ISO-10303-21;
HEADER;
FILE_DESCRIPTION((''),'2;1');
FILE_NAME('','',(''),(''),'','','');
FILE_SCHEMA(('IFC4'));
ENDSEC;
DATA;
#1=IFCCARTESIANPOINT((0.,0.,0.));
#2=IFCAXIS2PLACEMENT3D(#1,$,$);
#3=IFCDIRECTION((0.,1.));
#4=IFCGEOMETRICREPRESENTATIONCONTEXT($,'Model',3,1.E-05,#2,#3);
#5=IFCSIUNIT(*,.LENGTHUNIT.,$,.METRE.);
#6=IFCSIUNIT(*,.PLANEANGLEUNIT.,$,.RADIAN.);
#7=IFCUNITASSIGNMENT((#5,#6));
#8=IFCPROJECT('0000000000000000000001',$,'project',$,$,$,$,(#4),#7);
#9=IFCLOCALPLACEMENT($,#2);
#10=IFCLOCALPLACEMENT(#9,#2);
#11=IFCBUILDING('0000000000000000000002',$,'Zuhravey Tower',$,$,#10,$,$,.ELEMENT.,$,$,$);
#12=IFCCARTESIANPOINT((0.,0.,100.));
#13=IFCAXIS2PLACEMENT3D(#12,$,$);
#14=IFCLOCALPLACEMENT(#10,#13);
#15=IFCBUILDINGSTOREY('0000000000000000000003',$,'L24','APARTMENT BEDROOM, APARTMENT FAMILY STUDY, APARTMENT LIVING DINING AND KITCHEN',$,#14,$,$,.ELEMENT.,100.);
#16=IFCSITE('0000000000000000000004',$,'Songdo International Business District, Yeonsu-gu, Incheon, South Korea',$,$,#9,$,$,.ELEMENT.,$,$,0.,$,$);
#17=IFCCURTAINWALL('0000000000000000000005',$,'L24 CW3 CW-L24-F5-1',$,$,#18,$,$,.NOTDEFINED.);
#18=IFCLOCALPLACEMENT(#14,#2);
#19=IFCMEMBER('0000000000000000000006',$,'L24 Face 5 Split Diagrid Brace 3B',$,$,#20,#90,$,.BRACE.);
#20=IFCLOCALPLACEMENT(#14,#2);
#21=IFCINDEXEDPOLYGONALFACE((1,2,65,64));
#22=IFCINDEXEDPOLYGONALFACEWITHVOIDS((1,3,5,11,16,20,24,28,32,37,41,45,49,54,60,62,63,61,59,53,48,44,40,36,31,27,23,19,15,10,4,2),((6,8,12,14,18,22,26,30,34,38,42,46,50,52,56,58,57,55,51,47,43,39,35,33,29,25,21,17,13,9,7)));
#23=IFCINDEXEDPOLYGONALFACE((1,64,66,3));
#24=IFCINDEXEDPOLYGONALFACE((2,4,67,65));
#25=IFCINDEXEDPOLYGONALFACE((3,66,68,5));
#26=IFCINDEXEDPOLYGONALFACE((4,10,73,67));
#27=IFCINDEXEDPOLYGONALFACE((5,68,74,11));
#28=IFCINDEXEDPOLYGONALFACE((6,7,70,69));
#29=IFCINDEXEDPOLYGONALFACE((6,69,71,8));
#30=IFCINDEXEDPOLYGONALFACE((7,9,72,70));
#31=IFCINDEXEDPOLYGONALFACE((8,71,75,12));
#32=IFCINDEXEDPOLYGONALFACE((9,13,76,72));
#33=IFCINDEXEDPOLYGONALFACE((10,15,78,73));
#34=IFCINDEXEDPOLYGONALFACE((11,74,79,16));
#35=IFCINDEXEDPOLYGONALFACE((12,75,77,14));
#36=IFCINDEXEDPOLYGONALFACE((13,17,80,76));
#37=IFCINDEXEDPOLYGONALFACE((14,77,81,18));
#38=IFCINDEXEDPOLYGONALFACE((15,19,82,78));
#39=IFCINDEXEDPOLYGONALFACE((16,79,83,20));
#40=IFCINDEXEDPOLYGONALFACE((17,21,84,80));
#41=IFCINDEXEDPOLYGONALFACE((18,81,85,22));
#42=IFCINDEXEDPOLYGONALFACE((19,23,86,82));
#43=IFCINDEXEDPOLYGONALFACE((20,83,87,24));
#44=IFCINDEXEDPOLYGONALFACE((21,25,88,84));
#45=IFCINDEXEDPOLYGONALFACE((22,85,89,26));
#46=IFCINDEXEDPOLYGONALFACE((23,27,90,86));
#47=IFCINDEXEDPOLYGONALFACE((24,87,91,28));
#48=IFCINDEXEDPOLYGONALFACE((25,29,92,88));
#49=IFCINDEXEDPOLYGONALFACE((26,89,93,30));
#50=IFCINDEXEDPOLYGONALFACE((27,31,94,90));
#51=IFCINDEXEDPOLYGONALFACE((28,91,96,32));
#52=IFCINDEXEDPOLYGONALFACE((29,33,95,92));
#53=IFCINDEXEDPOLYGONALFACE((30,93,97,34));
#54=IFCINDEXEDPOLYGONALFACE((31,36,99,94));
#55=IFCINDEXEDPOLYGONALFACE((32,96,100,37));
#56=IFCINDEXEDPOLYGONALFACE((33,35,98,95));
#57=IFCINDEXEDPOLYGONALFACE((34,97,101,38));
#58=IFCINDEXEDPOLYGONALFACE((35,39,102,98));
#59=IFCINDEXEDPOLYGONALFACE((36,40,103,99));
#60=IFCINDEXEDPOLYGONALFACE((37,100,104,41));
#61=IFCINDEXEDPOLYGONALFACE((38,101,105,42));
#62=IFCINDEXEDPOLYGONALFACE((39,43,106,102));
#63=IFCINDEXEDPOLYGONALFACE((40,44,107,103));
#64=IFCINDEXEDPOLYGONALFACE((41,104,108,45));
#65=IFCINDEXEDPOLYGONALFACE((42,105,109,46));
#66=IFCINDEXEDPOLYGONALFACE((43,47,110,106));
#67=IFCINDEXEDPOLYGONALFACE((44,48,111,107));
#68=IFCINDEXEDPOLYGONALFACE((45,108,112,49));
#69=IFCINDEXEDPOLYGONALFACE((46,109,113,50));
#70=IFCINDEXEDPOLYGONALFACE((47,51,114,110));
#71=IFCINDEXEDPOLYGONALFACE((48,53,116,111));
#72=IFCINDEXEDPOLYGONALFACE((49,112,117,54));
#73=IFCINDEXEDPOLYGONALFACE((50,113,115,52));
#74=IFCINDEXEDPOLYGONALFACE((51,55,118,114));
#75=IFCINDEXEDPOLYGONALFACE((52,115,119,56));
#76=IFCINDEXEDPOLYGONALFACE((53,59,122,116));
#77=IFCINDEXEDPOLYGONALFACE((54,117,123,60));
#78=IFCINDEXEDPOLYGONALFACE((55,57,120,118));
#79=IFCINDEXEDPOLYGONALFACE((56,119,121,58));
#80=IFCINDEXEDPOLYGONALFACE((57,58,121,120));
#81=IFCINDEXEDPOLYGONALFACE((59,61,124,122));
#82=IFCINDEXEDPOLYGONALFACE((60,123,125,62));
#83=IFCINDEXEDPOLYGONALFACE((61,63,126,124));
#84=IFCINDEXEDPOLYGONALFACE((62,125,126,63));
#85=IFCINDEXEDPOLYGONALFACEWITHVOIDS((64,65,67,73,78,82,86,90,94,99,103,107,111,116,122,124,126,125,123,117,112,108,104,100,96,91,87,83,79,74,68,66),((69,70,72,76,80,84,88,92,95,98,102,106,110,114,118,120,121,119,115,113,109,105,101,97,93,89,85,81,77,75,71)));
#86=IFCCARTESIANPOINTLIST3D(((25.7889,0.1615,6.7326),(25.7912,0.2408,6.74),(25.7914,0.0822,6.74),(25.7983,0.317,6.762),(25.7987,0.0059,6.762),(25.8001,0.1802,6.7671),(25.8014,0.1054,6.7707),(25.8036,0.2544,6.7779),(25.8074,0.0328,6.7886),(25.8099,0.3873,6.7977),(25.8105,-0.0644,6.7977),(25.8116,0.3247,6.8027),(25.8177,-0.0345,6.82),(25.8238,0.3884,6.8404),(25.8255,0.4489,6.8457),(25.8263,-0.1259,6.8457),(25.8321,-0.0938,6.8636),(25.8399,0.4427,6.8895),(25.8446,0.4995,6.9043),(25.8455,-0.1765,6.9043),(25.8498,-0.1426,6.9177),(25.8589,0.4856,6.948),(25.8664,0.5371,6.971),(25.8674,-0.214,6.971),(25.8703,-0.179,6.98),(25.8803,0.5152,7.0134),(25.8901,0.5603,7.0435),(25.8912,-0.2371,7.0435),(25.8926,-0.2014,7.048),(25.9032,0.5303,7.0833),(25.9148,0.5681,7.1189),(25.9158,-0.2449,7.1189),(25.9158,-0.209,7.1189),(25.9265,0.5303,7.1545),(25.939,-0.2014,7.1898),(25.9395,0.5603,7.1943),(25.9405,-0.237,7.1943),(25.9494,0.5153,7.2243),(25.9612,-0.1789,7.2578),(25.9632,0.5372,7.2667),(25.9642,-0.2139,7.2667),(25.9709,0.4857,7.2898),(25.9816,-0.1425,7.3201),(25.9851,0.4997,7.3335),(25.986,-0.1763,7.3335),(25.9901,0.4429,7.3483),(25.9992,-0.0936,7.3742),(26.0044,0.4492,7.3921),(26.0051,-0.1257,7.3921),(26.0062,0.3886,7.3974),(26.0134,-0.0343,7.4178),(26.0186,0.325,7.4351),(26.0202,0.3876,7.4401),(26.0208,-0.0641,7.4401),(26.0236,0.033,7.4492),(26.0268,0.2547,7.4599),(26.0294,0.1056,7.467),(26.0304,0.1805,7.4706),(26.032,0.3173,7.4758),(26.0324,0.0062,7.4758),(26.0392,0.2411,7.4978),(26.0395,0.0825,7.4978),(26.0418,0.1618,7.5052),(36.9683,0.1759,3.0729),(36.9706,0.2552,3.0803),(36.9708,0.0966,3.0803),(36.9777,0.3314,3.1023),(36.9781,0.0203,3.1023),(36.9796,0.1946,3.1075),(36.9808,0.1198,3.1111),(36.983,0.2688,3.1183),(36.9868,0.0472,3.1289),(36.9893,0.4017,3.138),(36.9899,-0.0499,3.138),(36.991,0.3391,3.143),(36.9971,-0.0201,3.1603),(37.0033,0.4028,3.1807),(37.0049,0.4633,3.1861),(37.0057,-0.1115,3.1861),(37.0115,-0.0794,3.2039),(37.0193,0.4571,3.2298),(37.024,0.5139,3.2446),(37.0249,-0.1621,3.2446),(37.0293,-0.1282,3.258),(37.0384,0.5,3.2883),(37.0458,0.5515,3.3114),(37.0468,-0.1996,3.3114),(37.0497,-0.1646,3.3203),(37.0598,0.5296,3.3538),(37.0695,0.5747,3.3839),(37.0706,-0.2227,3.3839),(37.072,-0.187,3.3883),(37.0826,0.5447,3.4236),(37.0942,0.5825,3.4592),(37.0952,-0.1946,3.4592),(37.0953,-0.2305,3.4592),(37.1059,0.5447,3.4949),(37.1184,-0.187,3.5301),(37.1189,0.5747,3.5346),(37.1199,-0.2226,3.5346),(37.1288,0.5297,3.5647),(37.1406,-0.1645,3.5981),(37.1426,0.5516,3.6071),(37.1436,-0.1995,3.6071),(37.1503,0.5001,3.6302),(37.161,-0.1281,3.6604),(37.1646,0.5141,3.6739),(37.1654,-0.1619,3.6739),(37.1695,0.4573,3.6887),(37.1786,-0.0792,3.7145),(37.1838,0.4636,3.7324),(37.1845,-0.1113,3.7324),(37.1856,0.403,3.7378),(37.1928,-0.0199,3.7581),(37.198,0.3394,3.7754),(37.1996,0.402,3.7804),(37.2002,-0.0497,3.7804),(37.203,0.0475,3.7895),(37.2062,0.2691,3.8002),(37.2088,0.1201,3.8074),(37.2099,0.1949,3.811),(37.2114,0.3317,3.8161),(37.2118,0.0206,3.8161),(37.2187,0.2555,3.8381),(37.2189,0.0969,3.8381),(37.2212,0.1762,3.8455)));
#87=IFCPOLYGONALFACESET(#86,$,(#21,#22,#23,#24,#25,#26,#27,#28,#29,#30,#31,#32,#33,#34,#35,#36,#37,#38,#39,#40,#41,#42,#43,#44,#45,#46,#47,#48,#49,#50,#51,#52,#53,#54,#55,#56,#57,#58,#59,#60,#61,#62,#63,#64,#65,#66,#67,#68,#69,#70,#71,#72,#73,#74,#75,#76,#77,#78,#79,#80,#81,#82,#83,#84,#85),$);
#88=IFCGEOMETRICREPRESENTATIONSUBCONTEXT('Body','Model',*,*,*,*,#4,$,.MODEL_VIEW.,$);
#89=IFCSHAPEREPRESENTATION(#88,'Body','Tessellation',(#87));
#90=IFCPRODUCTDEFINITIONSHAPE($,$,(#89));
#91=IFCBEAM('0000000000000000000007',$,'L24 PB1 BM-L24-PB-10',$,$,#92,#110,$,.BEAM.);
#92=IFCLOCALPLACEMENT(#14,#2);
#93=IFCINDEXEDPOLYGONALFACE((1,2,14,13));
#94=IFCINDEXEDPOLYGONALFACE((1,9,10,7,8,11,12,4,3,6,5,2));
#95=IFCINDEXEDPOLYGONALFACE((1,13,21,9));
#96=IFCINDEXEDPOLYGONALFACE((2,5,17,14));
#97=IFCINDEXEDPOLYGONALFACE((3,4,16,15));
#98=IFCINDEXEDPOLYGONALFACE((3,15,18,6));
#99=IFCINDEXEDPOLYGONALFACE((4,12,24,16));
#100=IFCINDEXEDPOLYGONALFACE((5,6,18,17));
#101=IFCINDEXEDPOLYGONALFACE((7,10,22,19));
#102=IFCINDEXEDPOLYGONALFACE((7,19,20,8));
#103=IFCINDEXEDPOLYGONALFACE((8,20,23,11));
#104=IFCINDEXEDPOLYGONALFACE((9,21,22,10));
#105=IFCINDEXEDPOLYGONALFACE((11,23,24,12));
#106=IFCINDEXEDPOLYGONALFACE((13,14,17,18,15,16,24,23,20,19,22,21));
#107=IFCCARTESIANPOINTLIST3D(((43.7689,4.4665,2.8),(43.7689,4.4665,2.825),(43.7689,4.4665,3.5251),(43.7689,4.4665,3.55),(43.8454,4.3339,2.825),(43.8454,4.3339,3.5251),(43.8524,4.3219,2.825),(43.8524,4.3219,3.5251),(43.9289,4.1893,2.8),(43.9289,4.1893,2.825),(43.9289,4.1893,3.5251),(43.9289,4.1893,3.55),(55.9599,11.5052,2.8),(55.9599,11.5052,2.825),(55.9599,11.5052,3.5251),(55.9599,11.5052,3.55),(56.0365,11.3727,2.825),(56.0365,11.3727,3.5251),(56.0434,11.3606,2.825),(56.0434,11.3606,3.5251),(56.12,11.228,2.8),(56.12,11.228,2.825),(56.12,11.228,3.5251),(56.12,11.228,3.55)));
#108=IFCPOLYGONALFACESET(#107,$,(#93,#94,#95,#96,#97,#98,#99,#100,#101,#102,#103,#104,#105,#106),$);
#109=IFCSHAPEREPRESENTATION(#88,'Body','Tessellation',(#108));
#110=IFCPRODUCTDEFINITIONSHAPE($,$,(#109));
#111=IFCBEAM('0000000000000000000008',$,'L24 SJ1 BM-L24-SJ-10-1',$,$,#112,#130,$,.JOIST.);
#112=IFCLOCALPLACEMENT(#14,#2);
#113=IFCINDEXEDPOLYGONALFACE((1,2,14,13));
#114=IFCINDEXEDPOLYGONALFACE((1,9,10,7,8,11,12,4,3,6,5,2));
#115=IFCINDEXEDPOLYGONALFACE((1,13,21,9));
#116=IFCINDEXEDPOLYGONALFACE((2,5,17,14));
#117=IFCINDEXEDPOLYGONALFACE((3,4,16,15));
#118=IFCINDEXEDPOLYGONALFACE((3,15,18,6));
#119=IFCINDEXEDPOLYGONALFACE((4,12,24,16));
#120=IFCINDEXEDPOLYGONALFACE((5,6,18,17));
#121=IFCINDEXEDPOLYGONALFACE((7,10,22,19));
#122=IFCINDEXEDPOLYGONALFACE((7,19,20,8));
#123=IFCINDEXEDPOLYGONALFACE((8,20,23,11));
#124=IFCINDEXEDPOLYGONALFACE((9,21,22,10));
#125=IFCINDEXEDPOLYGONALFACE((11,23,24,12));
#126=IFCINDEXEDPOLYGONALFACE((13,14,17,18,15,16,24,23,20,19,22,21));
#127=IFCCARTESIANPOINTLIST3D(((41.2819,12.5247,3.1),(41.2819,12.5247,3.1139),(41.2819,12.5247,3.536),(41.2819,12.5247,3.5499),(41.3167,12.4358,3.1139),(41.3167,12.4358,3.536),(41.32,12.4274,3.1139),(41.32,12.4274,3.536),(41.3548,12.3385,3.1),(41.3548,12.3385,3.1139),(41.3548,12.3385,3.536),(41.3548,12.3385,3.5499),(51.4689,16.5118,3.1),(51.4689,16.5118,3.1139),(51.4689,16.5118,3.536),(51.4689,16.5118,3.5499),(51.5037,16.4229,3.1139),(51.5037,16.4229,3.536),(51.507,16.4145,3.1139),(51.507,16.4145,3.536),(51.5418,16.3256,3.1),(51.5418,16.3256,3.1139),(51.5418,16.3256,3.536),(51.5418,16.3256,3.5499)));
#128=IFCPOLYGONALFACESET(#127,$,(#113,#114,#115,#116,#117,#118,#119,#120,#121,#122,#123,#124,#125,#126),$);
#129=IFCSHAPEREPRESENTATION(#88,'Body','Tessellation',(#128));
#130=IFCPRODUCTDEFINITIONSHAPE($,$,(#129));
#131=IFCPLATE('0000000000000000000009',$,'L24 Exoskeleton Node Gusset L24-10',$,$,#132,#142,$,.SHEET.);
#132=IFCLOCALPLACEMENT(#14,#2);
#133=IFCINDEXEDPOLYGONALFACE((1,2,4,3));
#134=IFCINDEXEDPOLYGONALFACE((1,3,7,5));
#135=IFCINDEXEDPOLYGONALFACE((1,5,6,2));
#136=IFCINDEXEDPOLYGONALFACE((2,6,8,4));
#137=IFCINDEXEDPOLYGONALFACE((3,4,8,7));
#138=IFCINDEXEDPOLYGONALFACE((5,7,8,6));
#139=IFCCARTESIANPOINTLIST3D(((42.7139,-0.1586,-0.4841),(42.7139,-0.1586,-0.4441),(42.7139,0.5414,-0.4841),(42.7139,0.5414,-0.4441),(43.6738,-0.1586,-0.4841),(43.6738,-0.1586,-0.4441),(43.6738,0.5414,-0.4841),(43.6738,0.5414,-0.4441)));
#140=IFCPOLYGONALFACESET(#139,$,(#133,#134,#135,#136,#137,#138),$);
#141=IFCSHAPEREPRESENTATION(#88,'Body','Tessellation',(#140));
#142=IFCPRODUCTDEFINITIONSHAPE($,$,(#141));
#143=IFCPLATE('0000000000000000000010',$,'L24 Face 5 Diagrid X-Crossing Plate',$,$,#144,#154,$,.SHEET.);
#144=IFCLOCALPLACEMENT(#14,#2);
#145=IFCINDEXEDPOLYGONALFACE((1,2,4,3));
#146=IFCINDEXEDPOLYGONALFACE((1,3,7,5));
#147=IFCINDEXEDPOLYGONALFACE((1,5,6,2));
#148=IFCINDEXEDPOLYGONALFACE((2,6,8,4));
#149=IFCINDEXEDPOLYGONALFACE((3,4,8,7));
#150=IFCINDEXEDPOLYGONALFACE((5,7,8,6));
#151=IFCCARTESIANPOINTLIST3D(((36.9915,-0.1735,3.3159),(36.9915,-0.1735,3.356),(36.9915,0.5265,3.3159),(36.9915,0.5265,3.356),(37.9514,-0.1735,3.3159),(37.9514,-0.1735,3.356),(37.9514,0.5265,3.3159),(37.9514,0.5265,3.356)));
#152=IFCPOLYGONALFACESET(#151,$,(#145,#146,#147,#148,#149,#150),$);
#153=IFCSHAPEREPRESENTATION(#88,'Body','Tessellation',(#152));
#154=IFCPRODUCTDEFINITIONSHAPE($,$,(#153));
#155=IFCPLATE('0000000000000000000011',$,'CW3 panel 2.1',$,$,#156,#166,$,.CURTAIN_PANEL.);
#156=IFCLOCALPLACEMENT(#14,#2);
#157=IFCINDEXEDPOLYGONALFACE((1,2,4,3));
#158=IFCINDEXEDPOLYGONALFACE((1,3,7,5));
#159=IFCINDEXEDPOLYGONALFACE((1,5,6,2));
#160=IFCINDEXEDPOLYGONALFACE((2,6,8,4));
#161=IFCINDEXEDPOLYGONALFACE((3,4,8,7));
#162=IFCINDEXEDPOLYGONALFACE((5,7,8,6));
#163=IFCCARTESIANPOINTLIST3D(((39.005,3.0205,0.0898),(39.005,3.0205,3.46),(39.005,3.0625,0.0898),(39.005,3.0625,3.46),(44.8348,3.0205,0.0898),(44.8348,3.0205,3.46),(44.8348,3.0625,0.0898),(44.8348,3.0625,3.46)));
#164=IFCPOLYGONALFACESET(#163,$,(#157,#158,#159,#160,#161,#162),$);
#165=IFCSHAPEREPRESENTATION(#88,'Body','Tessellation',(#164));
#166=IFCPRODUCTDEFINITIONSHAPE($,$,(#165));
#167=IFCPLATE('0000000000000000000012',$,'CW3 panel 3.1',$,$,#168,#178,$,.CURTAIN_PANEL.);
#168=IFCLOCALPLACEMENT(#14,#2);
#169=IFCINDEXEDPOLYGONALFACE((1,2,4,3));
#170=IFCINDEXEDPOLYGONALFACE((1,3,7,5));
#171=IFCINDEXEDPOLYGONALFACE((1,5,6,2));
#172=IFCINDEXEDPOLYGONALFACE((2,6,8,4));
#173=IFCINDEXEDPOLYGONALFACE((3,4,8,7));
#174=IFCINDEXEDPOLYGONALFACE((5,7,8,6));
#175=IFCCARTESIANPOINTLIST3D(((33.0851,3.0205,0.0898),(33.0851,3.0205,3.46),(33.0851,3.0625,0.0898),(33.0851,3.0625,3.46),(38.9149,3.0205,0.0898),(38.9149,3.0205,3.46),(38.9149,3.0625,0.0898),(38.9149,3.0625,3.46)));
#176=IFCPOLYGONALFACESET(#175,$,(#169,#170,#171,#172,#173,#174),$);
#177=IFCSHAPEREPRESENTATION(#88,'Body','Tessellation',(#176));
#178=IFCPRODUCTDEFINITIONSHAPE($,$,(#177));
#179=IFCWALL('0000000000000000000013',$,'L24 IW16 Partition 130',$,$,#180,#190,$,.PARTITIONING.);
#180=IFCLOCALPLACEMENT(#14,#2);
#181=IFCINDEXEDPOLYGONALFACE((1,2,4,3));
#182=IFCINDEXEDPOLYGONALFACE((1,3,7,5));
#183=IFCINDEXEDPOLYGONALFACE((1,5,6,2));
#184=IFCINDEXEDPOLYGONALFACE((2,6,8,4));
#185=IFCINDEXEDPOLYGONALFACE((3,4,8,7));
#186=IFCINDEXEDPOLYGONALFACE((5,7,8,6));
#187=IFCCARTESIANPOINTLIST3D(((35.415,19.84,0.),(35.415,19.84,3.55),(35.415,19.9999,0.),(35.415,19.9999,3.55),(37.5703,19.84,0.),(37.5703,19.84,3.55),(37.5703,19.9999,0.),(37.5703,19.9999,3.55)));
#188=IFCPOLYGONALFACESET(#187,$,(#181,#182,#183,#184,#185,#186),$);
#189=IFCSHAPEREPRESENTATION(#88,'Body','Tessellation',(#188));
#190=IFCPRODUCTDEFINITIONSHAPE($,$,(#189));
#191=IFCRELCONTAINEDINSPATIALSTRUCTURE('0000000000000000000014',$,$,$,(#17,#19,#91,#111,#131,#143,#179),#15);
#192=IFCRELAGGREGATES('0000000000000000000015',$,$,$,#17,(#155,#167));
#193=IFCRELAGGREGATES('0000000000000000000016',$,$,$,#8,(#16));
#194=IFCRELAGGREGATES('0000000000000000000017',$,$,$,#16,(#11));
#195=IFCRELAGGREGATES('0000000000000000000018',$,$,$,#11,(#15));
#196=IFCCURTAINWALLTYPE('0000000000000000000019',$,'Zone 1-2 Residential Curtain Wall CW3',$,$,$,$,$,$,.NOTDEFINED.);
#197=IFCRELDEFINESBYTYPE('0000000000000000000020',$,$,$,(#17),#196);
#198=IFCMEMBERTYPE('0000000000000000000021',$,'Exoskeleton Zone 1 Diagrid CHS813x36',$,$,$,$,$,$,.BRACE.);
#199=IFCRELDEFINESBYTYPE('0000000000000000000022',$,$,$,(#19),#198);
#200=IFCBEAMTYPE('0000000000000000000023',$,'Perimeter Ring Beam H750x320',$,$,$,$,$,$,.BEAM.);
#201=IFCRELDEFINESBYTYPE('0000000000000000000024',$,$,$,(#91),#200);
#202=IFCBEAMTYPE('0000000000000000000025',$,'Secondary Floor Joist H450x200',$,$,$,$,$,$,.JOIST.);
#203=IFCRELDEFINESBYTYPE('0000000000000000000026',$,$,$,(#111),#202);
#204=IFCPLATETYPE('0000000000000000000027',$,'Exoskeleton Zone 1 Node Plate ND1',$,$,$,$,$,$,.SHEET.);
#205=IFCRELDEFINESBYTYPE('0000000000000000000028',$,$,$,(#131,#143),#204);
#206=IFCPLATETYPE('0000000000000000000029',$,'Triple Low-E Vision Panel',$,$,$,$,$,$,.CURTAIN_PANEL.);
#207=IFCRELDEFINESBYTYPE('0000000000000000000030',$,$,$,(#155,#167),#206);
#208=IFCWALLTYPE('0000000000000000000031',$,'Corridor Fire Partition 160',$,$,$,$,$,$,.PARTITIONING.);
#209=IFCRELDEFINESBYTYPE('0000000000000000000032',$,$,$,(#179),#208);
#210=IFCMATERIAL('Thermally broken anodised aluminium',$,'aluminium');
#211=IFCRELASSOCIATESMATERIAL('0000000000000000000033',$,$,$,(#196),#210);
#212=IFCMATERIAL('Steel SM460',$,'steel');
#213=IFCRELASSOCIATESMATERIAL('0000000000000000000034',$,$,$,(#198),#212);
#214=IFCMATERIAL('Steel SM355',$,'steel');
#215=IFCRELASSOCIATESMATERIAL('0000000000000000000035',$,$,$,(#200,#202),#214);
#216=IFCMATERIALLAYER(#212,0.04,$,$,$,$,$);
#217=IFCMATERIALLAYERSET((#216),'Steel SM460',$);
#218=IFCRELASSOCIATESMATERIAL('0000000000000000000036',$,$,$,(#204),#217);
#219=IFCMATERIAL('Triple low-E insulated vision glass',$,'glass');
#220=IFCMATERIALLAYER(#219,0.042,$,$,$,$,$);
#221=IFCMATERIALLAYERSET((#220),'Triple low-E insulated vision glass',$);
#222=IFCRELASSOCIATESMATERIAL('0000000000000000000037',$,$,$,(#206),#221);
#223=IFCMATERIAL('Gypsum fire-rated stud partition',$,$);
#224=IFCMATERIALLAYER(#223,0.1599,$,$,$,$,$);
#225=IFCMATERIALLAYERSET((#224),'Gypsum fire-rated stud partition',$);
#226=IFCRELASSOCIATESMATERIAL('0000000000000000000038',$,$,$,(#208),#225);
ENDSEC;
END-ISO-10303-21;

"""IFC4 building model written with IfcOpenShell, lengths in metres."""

from ifc_helpers import new_model, si_unit, direction, frame, frame_2d, origin, origin_2d, place, context, subcontext, project, spatial, rectangle, hollow_circle, i_section, extrude, material, layer, layer_set, material_profile, profile_set, type_object, element, aggregate, save


model = new_model("IFC4")

# Units and contexts
model_context = context("Model", 3, precision=1e-05, world=origin(), true_north=direction((0.0, 1.0)))
body_context = subcontext(model_context, "Body", "Model", "MODEL_VIEW")
ifc_project = project(units=[si_unit("LENGTHUNIT", "METRE"), si_unit("PLANEANGLEUNIT", "RADIAN")], contexts=[model_context])

# Site, building, storey
site_placement = place(None, origin())
site = spatial("IfcSite", under=ifc_project, at=site_placement, Name="Songdo International Business District, Yeonsu-gu, Incheon, South Korea", CompositionType="ELEMENT", RefElevation=0.0)
building_placement = place(site_placement, origin())
building = spatial("IfcBuilding", under=site, at=building_placement, Name="Zuhravey Tower", CompositionType="ELEMENT")
storey_placement = place(building_placement, frame((0.0, 0.0, 100.0)))
storey = spatial("IfcBuildingStorey", under=building, at=storey_placement, Name="L24", Description="APARTMENT BEDROOM, APARTMENT FAMILY STUDY, APARTMENT LIVING DINING AND KITCHEN", CompositionType="ELEMENT", Elevation=100.0)

# Curtain wall
ifc_material_1 = material(Name="Thermally broken anodised aluminium", Category="aluminium")
curtain_wall_type = type_object("IfcCurtainWallType", Name="Zone 1-2 Residential Curtain Wall CW3", PredefinedType="NOTDEFINED", material=ifc_material_1)
curtain_wall_placement = place(storey_placement, origin())
curtain_wall = element("IfcCurtainWall", 1, at=curtain_wall_placement, inside=storey, type_object=curtain_wall_type, Name="L24 CW3 CW-L24-F5-1", PredefinedType="NOTDEFINED")

# Member
ifc_material_2 = material(Name="Steel SM460", Category="steel")
ifc_material_profile_1 = material_profile(ifc_material_2, hollow_circle(Radius=0.4065, WallThickness=0.0359, at=origin_2d()), Name="CHS-812.8x36")
ifc_profile_set_1 = profile_set([ifc_material_profile_1], Name="Steel SM460")
member_type_1 = type_object("IfcMemberType", Name="Exoskeleton Zone 1 Diagrid CHS813x36", PredefinedType="BRACE", material=ifc_profile_set_1)
member_1_placement = place(storey_placement, frame((37.0947, 0.176, 3.4592), z_axis=(-0.950373, -0.001225, 0.311111), x_axis=(0.001288, -0.999999, 0.0)))
element("IfcMember", 2, at=member_1_placement, inside=storey, type_object=member_type_1, Name="L24 Face 5 Split Diagrid Brace 3B", PredefinedType="BRACE", context=body_context, shape_type="SweptSolid", body=[
    extrude(hollow_circle(Radius=0.4065, WallThickness=0.0359, at=origin_2d()), origin(), (0.0, 0.0, 1.0), 11.7632),
])

# Beams
ifc_material_3 = material(Name="Steel SM355", Category="steel")
ifc_material_profile_2 = material_profile(ifc_material_3, i_section(OverallWidth=0.3201, OverallDepth=0.75, WebThickness=0.0139, FlangeThickness=0.0249, at=origin_2d()), Name="H-750x320x14x25")
ifc_profile_set_2 = profile_set([ifc_material_profile_2], Name="Steel SM355")
beam_type_1 = type_object("IfcBeamType", Name="Perimeter Ring Beam H750x320", PredefinedType="BEAM", material=ifc_profile_set_2)
beam_1_placement = place(storey_placement, frame((43.8489, 4.3279, 3.175), z_axis=(0.866018, 0.500013, 0.0), x_axis=(-0.500013, 0.866018, 0.0)))
element("IfcBeam", 3, at=beam_1_placement, inside=storey, type_object=beam_type_1, Name="L24 PB1 BM-L24-PB-10", PredefinedType="BEAM", context=body_context, shape_type="SweptSolid", body=[
    extrude(i_section(OverallWidth=0.3201, OverallDepth=0.75, WebThickness=0.0139, FlangeThickness=0.0249, at=origin_2d()), origin(), (0.0, 0.0, 1.0), 14.0771),
])
ifc_material_profile_3 = material_profile(ifc_material_3, i_section(OverallWidth=0.2, OverallDepth=0.45, WebThickness=0.009, FlangeThickness=0.0139, at=origin_2d()), Name="H-450x200x9x14")
ifc_profile_set_3 = profile_set([ifc_material_profile_3], Name="Steel SM355")
beam_type_2 = type_object("IfcBeamType", Name="Secondary Floor Joist H450x200", PredefinedType="JOIST", material=ifc_profile_set_3)
beam_2_placement = place(storey_placement, frame((41.3184, 12.4316, 3.325), z_axis=(0.931217, 0.364466, 0.0), x_axis=(-0.364466, 0.931217, 0.0)))
element("IfcBeam", 4, at=beam_2_placement, inside=storey, type_object=beam_type_2, Name="L24 SJ1 BM-L24-SJ-10-1", PredefinedType="JOIST", context=body_context, shape_type="SweptSolid", body=[
    extrude(i_section(OverallWidth=0.2, OverallDepth=0.45, WebThickness=0.009, FlangeThickness=0.0139, at=origin_2d()), origin(), (0.0, 0.0, 1.0), 10.9395),
])

# Plates
ifc_layer_1 = layer(ifc_material_2, 0.04)
ifc_layer_set_1 = layer_set([ifc_layer_1], Name="Steel SM460")
plate_type_1 = type_object("IfcPlateType", Name="Exoskeleton Zone 1 Node Plate ND1", PredefinedType="SHEET", material=ifc_layer_set_1)
for number, where, z_axis, x_axis, name in (
    (5, (43.1938, 0.1914, -0.4841), (0.0, 0.0, 1.0), (1.0, 0.0, 0.0), "L24 Exoskeleton Node Gusset L24-10"),
    (6, (37.4714, 0.1765, 3.3159), (0.0, 0.0, 1.0), (1.0, 0.0, 0.0), "L24 Face 5 Diagrid X-Crossing Plate"),
):
    element("IfcPlate", number, at=place(storey_placement, frame(where, z_axis=z_axis, x_axis=x_axis)), inside=storey, type_object=plate_type_1, Name=name, PredefinedType="SHEET", context=body_context, shape_type="SweptSolid", body=[
        extrude(rectangle(XDim=0.96, YDim=0.7, at=origin_2d()), origin(), (0.0, 0.0, 1.0), 0.04),
    ])

# Plates
ifc_material_4 = material(Name="Triple low-E insulated vision glass", Category="glass")
ifc_layer_2 = layer(ifc_material_4, 0.042)
ifc_layer_set_2 = layer_set([ifc_layer_2], Name="Triple low-E insulated vision glass")
plate_type_2 = type_object("IfcPlateType", Name="Triple Low-E Vision Panel", PredefinedType="CURTAIN_PANEL", material=ifc_layer_set_2)
plate_1_placement = place(storey_placement, frame((41.9199, 3.0415, 0.0898), z_axis=(0.0, 0.0, 1.0), x_axis=(-1.0, 0.0, 0.0)))
plate_1 = element("IfcPlate", 7, at=plate_1_placement, type_object=plate_type_2, Name="CW3 panel 2.1", PredefinedType="CURTAIN_PANEL", context=body_context, shape_type="SweptSolid", body=[
    extrude(rectangle(XDim=5.8298, YDim=0.042, at=origin_2d()), origin(), (0.0, 0.0, 1.0), 3.3701),
])
plate_2_placement = place(storey_placement, frame((36.0, 3.0415, 0.0898), z_axis=(0.0, 0.0, 1.0), x_axis=(-1.0, 0.0, 0.0)))
plate_2 = element("IfcPlate", 8, at=plate_2_placement, type_object=plate_type_2, Name="CW3 panel 3.1", PredefinedType="CURTAIN_PANEL", context=body_context, shape_type="SweptSolid", body=[
    extrude(rectangle(XDim=5.8298, YDim=0.042, at=origin_2d()), origin(), (0.0, 0.0, 1.0), 3.3701),
])
aggregate(curtain_wall, [plate_1, plate_2])

# Shared definitions
ifc_material_5 = material(Name="Gypsum fire-rated stud partition")
ifc_layer_3 = layer(ifc_material_5, 0.1599)
ifc_layer_set_3 = layer_set([ifc_layer_3], Name="Gypsum fire-rated stud partition")
wall_type_1 = type_object("IfcWallType", Name="Corridor Fire Partition 160", PredefinedType="PARTITIONING", material=ifc_layer_set_3)

# Wall
wall_1_placement = place(storey_placement, frame((35.415, 19.9199, 0.0), z_axis=(0.0, 0.0, 1.0), x_axis=(1.0, 0.0, 0.0)))
element("IfcWall", 9, at=wall_1_placement, inside=storey, type_object=wall_type_1, Name="L24 IW16 Partition 130", PredefinedType="PARTITIONING", context=body_context, shape_type="SweptSolid", body=[
    extrude(rectangle(XDim=2.1553, YDim=0.1599, at=frame_2d((1.0776, 0.0))), origin(), (0.0, 0.0, 1.0), 3.55),
])

save(model, "model.ifc")
